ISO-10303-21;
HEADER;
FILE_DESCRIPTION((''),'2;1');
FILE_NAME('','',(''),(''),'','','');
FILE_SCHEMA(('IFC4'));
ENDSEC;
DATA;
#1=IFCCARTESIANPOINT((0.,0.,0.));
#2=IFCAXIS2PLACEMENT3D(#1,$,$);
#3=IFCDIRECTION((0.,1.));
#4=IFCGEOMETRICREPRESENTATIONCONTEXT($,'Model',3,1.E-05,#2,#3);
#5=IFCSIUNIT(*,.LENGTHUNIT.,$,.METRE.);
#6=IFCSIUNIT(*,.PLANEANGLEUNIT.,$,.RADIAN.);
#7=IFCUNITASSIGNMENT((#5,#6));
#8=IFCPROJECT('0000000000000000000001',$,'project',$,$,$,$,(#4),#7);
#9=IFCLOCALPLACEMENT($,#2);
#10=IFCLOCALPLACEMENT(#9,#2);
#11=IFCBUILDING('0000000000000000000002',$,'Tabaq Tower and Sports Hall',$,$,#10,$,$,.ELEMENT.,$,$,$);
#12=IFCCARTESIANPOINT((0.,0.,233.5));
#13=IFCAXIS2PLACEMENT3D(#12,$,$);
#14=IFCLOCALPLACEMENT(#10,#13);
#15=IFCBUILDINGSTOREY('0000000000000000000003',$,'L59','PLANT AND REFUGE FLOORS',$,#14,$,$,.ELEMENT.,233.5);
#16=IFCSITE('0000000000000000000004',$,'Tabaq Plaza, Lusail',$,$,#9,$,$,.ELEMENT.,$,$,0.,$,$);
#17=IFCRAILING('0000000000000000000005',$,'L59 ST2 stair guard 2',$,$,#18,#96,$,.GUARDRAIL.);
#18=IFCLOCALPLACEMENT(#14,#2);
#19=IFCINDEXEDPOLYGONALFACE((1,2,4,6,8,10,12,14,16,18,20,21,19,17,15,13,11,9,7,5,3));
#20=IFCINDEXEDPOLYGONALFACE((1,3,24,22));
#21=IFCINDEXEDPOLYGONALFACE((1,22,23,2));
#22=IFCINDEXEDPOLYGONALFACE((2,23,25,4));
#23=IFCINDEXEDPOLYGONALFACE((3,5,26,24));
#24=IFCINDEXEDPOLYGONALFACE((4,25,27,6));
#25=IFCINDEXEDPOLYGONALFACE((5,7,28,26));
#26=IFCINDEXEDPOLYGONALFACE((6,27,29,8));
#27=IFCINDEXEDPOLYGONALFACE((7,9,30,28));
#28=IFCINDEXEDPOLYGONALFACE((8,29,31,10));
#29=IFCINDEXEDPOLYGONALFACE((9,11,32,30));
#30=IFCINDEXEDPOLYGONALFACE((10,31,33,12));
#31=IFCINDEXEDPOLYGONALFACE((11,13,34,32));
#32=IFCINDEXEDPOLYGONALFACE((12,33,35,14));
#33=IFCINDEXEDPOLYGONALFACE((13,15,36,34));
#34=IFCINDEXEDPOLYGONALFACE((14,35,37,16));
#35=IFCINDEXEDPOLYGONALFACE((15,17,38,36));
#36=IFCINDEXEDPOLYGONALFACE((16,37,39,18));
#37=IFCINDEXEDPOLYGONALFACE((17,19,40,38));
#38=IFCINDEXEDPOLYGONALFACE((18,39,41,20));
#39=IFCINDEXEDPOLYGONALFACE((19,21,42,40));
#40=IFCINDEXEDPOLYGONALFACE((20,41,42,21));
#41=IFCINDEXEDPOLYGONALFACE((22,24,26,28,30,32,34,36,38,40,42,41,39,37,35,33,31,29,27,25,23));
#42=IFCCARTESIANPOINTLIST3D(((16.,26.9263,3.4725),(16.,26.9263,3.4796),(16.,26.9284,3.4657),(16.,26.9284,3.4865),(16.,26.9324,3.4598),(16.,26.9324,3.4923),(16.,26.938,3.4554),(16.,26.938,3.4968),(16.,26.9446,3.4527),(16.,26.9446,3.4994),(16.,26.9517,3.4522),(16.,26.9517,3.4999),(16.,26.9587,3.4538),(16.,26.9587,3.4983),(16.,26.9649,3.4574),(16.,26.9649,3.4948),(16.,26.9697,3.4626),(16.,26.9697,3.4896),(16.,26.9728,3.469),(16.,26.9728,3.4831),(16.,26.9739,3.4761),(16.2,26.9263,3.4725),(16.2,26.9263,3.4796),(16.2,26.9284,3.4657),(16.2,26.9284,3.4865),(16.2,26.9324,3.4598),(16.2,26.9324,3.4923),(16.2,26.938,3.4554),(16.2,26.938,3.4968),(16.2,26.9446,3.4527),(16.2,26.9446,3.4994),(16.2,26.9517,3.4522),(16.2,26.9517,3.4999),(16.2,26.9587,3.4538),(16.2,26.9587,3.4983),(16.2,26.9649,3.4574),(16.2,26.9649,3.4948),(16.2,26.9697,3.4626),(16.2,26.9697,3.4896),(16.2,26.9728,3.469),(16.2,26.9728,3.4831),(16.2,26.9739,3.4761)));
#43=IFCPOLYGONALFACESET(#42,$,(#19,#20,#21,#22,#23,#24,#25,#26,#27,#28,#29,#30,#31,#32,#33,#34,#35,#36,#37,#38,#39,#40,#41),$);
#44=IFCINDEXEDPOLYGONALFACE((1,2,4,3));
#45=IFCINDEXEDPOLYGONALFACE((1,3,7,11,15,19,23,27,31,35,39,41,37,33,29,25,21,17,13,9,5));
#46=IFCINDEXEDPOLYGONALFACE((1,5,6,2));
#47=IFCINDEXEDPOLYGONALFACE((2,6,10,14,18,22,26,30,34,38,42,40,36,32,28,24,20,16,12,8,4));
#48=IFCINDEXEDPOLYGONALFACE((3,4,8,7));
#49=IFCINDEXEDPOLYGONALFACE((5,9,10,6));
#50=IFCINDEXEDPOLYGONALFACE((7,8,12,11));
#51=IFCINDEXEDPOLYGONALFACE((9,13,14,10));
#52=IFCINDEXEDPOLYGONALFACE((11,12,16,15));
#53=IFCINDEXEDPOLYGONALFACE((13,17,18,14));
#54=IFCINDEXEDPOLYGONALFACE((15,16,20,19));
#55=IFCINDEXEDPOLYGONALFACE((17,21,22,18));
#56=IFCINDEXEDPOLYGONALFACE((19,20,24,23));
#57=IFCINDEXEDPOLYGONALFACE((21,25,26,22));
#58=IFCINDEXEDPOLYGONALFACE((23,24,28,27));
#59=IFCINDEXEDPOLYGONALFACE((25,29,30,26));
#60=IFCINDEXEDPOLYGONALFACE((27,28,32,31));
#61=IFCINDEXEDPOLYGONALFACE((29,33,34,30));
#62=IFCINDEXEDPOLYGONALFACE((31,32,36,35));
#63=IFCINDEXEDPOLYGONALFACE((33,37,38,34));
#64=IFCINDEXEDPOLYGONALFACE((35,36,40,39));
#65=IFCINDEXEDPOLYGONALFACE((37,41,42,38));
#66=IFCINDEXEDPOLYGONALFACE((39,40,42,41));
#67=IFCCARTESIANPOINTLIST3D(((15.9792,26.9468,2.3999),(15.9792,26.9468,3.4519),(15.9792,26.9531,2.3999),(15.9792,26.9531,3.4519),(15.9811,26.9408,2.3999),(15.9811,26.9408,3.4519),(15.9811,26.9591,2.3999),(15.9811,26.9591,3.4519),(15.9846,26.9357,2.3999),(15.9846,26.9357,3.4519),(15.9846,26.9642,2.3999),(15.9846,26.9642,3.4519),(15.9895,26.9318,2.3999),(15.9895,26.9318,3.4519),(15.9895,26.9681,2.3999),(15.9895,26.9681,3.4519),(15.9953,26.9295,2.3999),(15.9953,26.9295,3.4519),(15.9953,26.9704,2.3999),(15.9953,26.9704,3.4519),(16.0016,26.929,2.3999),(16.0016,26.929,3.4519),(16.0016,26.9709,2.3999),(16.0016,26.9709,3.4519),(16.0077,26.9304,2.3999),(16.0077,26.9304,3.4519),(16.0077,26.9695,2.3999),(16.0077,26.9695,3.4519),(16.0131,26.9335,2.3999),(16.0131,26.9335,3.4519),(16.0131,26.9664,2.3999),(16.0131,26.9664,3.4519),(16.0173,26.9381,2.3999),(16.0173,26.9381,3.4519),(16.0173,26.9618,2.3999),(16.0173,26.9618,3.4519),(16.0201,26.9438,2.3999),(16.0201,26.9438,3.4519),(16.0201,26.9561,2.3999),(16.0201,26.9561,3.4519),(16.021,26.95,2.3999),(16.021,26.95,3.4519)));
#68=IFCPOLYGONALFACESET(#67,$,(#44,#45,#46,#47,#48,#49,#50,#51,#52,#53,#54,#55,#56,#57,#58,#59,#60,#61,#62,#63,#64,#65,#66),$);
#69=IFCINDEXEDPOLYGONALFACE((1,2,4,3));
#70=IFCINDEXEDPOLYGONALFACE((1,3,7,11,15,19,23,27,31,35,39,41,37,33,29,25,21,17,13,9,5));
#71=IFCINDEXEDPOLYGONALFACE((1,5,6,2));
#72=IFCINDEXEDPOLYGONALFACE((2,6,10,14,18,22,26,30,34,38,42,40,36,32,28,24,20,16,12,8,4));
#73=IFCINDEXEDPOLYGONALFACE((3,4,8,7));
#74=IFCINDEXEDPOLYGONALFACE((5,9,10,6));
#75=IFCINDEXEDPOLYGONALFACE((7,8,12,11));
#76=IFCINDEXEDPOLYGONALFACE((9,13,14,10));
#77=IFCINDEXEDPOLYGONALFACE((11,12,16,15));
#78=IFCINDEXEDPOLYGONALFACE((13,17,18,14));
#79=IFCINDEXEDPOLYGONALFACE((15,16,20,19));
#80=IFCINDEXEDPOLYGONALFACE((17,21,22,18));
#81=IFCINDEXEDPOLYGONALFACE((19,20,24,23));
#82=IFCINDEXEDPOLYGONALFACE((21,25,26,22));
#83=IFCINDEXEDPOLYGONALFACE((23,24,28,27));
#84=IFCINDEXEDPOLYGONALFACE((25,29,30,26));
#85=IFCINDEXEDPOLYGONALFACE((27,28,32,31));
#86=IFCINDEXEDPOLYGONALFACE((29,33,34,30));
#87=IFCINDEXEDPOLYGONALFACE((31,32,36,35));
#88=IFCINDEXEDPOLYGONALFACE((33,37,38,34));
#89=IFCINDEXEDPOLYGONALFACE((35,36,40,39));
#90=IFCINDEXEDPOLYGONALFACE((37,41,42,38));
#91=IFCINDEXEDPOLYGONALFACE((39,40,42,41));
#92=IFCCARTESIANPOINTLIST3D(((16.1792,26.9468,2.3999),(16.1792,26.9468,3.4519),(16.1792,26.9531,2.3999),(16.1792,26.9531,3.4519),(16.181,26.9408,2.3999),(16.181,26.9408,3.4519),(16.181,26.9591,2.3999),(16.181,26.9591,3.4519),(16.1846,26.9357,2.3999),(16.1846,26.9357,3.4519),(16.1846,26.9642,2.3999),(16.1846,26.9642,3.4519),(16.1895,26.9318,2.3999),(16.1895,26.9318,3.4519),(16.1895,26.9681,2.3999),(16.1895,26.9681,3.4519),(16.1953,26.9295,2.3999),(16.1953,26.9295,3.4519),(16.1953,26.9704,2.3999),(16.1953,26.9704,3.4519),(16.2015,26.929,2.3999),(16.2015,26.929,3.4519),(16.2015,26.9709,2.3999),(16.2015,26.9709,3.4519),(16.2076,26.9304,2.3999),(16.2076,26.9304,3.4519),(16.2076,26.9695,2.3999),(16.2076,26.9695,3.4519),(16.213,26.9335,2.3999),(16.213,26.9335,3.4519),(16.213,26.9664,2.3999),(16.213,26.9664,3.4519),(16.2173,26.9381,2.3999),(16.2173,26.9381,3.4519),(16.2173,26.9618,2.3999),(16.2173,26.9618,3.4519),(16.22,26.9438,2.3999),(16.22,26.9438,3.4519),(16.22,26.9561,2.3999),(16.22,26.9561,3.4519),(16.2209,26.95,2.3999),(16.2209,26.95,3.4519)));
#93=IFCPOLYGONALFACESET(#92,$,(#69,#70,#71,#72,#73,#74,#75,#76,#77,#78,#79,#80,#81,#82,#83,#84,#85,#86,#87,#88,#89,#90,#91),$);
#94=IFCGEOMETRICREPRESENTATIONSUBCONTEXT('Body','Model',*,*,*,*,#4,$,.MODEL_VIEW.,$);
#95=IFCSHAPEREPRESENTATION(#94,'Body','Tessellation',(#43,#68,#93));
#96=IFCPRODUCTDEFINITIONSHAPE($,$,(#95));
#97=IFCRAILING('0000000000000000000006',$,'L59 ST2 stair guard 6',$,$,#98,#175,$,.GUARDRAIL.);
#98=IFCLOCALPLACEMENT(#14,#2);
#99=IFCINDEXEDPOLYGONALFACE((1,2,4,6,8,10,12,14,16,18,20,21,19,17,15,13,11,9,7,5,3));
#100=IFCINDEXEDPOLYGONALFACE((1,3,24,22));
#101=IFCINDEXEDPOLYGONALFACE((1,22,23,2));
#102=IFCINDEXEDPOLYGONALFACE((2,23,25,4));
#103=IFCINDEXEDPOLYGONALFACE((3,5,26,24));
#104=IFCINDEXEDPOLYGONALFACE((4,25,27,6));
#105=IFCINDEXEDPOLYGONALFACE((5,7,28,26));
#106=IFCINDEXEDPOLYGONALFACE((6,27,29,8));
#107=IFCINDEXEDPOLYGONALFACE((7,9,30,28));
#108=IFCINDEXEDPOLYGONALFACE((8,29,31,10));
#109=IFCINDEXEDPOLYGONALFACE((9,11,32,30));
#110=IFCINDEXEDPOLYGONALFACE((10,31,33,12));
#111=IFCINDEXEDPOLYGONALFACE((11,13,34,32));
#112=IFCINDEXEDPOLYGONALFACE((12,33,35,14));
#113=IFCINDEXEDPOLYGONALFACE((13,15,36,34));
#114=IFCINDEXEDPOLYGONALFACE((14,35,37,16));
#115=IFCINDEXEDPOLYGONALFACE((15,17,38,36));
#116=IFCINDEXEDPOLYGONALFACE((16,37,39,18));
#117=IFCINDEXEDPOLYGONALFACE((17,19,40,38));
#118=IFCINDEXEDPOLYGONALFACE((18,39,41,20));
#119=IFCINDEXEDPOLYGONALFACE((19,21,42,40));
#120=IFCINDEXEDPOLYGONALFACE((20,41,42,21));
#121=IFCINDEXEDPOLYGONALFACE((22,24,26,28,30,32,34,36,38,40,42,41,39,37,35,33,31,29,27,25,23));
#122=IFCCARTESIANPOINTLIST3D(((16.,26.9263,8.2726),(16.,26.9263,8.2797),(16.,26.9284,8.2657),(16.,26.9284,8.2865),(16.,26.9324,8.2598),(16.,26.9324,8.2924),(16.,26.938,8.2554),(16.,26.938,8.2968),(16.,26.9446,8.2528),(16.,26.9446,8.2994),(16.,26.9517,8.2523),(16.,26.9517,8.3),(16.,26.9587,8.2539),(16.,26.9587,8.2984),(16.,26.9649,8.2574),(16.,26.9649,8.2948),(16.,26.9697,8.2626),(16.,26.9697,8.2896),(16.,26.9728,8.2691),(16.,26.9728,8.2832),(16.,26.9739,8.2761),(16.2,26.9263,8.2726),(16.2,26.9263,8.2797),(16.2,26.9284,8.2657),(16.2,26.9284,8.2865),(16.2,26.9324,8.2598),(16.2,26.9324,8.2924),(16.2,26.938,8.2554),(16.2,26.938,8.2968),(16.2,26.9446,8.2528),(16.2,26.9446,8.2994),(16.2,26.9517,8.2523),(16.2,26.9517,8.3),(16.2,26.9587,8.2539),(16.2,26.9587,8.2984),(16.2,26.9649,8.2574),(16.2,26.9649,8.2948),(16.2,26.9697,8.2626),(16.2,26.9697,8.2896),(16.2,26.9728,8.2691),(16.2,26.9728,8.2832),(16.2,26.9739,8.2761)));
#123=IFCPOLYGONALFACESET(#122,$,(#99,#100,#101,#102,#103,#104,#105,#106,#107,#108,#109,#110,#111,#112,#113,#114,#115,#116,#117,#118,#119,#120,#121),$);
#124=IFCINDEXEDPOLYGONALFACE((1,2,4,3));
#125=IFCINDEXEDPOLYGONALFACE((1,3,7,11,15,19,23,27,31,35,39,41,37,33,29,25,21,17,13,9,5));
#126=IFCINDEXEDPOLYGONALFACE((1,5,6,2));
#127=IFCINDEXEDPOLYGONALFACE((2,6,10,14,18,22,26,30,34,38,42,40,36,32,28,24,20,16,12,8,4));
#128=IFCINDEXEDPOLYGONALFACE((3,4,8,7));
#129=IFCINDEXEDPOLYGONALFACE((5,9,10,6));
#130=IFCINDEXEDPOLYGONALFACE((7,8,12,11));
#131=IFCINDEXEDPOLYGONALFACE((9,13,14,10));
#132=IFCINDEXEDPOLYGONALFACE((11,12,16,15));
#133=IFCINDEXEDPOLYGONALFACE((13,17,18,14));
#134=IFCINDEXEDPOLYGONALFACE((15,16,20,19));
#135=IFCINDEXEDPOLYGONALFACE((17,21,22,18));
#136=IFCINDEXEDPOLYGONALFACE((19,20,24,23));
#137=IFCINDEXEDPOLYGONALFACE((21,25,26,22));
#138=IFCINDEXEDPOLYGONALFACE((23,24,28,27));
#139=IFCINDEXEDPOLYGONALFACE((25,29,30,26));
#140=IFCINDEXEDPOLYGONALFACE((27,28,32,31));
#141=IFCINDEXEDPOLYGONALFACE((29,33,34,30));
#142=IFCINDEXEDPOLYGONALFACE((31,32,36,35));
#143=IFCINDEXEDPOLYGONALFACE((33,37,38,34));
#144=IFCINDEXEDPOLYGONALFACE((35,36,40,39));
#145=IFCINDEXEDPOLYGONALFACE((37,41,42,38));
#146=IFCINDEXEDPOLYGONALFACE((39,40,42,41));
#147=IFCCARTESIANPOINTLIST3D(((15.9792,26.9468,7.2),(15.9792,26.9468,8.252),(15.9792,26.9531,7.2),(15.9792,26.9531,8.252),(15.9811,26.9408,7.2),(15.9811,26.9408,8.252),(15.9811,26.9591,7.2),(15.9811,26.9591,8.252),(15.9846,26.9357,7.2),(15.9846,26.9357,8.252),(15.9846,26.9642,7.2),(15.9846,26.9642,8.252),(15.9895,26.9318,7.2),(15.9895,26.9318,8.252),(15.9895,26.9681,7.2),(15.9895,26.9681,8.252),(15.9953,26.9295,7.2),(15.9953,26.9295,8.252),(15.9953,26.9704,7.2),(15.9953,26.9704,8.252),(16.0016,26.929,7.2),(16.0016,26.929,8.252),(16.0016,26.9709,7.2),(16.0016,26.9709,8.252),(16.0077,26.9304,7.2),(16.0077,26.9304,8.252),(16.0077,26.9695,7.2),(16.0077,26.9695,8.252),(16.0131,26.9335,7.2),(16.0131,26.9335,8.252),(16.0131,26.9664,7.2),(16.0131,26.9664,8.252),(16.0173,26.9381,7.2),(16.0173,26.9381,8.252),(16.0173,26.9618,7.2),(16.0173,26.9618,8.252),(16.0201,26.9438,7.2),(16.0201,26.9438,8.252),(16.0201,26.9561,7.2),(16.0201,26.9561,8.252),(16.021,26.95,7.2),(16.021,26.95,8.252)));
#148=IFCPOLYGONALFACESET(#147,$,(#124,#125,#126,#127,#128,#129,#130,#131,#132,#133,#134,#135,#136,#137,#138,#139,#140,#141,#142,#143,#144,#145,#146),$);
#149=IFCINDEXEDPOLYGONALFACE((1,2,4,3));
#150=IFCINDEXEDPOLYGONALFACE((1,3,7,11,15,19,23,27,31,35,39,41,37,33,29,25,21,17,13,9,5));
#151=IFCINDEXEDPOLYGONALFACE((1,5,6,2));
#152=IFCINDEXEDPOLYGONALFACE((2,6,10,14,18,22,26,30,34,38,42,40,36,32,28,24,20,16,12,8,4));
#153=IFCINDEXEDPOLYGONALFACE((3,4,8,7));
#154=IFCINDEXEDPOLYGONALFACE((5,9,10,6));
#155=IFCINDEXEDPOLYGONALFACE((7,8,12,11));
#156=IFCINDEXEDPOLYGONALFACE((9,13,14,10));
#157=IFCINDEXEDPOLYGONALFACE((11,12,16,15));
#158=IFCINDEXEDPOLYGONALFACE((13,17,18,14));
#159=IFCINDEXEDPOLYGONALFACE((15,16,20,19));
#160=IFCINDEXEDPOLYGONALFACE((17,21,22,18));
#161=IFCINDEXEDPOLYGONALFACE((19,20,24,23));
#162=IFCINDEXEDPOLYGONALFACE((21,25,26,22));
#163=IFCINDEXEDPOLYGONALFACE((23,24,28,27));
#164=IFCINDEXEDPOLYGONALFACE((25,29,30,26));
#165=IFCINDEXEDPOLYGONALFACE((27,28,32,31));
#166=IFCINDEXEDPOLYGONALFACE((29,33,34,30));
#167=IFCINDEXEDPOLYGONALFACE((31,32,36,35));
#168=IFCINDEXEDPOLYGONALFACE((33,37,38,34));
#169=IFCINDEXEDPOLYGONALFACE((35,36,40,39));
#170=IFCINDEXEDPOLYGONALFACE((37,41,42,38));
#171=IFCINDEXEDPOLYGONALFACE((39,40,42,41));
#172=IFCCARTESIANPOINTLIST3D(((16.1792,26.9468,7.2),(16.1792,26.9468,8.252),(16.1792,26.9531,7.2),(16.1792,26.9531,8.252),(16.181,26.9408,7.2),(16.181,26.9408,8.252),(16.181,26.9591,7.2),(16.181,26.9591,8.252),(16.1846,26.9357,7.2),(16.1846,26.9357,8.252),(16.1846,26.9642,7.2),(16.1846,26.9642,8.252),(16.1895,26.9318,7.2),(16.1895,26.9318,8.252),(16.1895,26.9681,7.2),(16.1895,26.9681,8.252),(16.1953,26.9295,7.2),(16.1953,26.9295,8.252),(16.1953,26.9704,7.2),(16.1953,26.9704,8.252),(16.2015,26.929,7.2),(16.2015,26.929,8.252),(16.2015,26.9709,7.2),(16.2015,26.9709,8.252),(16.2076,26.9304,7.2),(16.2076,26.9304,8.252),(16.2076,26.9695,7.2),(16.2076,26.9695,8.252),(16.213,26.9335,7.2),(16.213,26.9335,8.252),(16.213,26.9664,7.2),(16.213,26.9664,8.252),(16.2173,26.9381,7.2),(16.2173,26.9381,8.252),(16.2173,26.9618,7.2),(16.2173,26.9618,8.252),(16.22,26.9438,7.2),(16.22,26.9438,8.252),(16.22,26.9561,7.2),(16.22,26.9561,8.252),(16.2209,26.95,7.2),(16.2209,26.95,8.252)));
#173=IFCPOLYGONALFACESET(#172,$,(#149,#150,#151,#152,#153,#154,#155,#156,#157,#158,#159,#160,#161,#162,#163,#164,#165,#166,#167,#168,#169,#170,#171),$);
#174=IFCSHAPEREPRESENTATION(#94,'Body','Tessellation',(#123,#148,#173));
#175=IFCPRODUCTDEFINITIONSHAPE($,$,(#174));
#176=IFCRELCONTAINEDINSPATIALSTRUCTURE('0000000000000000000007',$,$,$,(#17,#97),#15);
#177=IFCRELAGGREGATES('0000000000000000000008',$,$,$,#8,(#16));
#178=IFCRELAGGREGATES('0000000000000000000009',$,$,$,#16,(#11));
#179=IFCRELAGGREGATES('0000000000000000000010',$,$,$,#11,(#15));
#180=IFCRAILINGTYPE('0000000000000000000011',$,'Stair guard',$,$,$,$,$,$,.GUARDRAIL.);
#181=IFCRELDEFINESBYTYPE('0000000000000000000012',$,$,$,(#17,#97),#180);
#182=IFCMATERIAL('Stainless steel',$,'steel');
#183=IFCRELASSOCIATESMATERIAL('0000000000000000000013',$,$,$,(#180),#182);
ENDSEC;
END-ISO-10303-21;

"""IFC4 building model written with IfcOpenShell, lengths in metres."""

from ifc_helpers import new_model, si_unit, direction, frame, origin, origin_2d, place, context, subcontext, project, spatial, circle, extrude, material, type_object, element, save


model = new_model("IFC4")

# Units and contexts
model_context = context("Model", 3, precision=1e-05, world=origin(), true_north=direction((0.0, 1.0)))
body_context = subcontext(model_context, "Body", "Model", "MODEL_VIEW")
ifc_project = project(units=[si_unit("LENGTHUNIT", "METRE"), si_unit("PLANEANGLEUNIT", "RADIAN")], contexts=[model_context])

# Site, building, storey
site_placement = place(None, origin())
site = spatial("IfcSite", under=ifc_project, at=site_placement, Name="Tabaq Plaza, Lusail", CompositionType="ELEMENT", RefElevation=0.0)
building_placement = place(site_placement, origin())
building = spatial("IfcBuilding", under=site, at=building_placement, Name="Tabaq Tower and Sports Hall", CompositionType="ELEMENT")
storey_placement = place(building_placement, frame((0.0, 0.0, 233.5)))
storey = spatial("IfcBuildingStorey", under=building, at=storey_placement, Name="L59", Description="PLANT AND REFUGE FLOORS", CompositionType="ELEMENT", Elevation=233.5)

# Railings
ifc_material_1 = material(Name="Stainless steel", Category="steel")
railing_type_1 = type_object("IfcRailingType", Name="Stair guard", PredefinedType="GUARDRAIL", material=ifc_material_1)
for number, where, name in (
    (1, (16.0, 26.95, 2.3999), "L59 ST2 stair guard 2"),
    (2, (16.0, 26.95, 7.2), "L59 ST2 stair guard 6"),
):
    element("IfcRailing", number, at=place(storey_placement, frame(where)), inside=storey, type_object=railing_type_1, Name=name, PredefinedType="GUARDRAIL", context=body_context, shape_type="SweptSolid", body=[
        extrude(circle(Radius=0.0239, at=origin_2d()), frame((0.0, 0.0, 1.0762), z_axis=(1.0, 0.0, 0.0), x_axis=(0.0, 1.0, 0.0)), (0.0, 0.0, 1.0), 0.2),
        extrude(circle(Radius=0.021, at=origin_2d()), origin(), (0.0, 0.0, 1.0), 1.052),
        extrude(circle(Radius=0.021, at=origin_2d()), frame((0.2, 0.0, 0.0)), (0.0, 0.0, 1.0), 1.052),
    ])

save(model, "model.ifc")
